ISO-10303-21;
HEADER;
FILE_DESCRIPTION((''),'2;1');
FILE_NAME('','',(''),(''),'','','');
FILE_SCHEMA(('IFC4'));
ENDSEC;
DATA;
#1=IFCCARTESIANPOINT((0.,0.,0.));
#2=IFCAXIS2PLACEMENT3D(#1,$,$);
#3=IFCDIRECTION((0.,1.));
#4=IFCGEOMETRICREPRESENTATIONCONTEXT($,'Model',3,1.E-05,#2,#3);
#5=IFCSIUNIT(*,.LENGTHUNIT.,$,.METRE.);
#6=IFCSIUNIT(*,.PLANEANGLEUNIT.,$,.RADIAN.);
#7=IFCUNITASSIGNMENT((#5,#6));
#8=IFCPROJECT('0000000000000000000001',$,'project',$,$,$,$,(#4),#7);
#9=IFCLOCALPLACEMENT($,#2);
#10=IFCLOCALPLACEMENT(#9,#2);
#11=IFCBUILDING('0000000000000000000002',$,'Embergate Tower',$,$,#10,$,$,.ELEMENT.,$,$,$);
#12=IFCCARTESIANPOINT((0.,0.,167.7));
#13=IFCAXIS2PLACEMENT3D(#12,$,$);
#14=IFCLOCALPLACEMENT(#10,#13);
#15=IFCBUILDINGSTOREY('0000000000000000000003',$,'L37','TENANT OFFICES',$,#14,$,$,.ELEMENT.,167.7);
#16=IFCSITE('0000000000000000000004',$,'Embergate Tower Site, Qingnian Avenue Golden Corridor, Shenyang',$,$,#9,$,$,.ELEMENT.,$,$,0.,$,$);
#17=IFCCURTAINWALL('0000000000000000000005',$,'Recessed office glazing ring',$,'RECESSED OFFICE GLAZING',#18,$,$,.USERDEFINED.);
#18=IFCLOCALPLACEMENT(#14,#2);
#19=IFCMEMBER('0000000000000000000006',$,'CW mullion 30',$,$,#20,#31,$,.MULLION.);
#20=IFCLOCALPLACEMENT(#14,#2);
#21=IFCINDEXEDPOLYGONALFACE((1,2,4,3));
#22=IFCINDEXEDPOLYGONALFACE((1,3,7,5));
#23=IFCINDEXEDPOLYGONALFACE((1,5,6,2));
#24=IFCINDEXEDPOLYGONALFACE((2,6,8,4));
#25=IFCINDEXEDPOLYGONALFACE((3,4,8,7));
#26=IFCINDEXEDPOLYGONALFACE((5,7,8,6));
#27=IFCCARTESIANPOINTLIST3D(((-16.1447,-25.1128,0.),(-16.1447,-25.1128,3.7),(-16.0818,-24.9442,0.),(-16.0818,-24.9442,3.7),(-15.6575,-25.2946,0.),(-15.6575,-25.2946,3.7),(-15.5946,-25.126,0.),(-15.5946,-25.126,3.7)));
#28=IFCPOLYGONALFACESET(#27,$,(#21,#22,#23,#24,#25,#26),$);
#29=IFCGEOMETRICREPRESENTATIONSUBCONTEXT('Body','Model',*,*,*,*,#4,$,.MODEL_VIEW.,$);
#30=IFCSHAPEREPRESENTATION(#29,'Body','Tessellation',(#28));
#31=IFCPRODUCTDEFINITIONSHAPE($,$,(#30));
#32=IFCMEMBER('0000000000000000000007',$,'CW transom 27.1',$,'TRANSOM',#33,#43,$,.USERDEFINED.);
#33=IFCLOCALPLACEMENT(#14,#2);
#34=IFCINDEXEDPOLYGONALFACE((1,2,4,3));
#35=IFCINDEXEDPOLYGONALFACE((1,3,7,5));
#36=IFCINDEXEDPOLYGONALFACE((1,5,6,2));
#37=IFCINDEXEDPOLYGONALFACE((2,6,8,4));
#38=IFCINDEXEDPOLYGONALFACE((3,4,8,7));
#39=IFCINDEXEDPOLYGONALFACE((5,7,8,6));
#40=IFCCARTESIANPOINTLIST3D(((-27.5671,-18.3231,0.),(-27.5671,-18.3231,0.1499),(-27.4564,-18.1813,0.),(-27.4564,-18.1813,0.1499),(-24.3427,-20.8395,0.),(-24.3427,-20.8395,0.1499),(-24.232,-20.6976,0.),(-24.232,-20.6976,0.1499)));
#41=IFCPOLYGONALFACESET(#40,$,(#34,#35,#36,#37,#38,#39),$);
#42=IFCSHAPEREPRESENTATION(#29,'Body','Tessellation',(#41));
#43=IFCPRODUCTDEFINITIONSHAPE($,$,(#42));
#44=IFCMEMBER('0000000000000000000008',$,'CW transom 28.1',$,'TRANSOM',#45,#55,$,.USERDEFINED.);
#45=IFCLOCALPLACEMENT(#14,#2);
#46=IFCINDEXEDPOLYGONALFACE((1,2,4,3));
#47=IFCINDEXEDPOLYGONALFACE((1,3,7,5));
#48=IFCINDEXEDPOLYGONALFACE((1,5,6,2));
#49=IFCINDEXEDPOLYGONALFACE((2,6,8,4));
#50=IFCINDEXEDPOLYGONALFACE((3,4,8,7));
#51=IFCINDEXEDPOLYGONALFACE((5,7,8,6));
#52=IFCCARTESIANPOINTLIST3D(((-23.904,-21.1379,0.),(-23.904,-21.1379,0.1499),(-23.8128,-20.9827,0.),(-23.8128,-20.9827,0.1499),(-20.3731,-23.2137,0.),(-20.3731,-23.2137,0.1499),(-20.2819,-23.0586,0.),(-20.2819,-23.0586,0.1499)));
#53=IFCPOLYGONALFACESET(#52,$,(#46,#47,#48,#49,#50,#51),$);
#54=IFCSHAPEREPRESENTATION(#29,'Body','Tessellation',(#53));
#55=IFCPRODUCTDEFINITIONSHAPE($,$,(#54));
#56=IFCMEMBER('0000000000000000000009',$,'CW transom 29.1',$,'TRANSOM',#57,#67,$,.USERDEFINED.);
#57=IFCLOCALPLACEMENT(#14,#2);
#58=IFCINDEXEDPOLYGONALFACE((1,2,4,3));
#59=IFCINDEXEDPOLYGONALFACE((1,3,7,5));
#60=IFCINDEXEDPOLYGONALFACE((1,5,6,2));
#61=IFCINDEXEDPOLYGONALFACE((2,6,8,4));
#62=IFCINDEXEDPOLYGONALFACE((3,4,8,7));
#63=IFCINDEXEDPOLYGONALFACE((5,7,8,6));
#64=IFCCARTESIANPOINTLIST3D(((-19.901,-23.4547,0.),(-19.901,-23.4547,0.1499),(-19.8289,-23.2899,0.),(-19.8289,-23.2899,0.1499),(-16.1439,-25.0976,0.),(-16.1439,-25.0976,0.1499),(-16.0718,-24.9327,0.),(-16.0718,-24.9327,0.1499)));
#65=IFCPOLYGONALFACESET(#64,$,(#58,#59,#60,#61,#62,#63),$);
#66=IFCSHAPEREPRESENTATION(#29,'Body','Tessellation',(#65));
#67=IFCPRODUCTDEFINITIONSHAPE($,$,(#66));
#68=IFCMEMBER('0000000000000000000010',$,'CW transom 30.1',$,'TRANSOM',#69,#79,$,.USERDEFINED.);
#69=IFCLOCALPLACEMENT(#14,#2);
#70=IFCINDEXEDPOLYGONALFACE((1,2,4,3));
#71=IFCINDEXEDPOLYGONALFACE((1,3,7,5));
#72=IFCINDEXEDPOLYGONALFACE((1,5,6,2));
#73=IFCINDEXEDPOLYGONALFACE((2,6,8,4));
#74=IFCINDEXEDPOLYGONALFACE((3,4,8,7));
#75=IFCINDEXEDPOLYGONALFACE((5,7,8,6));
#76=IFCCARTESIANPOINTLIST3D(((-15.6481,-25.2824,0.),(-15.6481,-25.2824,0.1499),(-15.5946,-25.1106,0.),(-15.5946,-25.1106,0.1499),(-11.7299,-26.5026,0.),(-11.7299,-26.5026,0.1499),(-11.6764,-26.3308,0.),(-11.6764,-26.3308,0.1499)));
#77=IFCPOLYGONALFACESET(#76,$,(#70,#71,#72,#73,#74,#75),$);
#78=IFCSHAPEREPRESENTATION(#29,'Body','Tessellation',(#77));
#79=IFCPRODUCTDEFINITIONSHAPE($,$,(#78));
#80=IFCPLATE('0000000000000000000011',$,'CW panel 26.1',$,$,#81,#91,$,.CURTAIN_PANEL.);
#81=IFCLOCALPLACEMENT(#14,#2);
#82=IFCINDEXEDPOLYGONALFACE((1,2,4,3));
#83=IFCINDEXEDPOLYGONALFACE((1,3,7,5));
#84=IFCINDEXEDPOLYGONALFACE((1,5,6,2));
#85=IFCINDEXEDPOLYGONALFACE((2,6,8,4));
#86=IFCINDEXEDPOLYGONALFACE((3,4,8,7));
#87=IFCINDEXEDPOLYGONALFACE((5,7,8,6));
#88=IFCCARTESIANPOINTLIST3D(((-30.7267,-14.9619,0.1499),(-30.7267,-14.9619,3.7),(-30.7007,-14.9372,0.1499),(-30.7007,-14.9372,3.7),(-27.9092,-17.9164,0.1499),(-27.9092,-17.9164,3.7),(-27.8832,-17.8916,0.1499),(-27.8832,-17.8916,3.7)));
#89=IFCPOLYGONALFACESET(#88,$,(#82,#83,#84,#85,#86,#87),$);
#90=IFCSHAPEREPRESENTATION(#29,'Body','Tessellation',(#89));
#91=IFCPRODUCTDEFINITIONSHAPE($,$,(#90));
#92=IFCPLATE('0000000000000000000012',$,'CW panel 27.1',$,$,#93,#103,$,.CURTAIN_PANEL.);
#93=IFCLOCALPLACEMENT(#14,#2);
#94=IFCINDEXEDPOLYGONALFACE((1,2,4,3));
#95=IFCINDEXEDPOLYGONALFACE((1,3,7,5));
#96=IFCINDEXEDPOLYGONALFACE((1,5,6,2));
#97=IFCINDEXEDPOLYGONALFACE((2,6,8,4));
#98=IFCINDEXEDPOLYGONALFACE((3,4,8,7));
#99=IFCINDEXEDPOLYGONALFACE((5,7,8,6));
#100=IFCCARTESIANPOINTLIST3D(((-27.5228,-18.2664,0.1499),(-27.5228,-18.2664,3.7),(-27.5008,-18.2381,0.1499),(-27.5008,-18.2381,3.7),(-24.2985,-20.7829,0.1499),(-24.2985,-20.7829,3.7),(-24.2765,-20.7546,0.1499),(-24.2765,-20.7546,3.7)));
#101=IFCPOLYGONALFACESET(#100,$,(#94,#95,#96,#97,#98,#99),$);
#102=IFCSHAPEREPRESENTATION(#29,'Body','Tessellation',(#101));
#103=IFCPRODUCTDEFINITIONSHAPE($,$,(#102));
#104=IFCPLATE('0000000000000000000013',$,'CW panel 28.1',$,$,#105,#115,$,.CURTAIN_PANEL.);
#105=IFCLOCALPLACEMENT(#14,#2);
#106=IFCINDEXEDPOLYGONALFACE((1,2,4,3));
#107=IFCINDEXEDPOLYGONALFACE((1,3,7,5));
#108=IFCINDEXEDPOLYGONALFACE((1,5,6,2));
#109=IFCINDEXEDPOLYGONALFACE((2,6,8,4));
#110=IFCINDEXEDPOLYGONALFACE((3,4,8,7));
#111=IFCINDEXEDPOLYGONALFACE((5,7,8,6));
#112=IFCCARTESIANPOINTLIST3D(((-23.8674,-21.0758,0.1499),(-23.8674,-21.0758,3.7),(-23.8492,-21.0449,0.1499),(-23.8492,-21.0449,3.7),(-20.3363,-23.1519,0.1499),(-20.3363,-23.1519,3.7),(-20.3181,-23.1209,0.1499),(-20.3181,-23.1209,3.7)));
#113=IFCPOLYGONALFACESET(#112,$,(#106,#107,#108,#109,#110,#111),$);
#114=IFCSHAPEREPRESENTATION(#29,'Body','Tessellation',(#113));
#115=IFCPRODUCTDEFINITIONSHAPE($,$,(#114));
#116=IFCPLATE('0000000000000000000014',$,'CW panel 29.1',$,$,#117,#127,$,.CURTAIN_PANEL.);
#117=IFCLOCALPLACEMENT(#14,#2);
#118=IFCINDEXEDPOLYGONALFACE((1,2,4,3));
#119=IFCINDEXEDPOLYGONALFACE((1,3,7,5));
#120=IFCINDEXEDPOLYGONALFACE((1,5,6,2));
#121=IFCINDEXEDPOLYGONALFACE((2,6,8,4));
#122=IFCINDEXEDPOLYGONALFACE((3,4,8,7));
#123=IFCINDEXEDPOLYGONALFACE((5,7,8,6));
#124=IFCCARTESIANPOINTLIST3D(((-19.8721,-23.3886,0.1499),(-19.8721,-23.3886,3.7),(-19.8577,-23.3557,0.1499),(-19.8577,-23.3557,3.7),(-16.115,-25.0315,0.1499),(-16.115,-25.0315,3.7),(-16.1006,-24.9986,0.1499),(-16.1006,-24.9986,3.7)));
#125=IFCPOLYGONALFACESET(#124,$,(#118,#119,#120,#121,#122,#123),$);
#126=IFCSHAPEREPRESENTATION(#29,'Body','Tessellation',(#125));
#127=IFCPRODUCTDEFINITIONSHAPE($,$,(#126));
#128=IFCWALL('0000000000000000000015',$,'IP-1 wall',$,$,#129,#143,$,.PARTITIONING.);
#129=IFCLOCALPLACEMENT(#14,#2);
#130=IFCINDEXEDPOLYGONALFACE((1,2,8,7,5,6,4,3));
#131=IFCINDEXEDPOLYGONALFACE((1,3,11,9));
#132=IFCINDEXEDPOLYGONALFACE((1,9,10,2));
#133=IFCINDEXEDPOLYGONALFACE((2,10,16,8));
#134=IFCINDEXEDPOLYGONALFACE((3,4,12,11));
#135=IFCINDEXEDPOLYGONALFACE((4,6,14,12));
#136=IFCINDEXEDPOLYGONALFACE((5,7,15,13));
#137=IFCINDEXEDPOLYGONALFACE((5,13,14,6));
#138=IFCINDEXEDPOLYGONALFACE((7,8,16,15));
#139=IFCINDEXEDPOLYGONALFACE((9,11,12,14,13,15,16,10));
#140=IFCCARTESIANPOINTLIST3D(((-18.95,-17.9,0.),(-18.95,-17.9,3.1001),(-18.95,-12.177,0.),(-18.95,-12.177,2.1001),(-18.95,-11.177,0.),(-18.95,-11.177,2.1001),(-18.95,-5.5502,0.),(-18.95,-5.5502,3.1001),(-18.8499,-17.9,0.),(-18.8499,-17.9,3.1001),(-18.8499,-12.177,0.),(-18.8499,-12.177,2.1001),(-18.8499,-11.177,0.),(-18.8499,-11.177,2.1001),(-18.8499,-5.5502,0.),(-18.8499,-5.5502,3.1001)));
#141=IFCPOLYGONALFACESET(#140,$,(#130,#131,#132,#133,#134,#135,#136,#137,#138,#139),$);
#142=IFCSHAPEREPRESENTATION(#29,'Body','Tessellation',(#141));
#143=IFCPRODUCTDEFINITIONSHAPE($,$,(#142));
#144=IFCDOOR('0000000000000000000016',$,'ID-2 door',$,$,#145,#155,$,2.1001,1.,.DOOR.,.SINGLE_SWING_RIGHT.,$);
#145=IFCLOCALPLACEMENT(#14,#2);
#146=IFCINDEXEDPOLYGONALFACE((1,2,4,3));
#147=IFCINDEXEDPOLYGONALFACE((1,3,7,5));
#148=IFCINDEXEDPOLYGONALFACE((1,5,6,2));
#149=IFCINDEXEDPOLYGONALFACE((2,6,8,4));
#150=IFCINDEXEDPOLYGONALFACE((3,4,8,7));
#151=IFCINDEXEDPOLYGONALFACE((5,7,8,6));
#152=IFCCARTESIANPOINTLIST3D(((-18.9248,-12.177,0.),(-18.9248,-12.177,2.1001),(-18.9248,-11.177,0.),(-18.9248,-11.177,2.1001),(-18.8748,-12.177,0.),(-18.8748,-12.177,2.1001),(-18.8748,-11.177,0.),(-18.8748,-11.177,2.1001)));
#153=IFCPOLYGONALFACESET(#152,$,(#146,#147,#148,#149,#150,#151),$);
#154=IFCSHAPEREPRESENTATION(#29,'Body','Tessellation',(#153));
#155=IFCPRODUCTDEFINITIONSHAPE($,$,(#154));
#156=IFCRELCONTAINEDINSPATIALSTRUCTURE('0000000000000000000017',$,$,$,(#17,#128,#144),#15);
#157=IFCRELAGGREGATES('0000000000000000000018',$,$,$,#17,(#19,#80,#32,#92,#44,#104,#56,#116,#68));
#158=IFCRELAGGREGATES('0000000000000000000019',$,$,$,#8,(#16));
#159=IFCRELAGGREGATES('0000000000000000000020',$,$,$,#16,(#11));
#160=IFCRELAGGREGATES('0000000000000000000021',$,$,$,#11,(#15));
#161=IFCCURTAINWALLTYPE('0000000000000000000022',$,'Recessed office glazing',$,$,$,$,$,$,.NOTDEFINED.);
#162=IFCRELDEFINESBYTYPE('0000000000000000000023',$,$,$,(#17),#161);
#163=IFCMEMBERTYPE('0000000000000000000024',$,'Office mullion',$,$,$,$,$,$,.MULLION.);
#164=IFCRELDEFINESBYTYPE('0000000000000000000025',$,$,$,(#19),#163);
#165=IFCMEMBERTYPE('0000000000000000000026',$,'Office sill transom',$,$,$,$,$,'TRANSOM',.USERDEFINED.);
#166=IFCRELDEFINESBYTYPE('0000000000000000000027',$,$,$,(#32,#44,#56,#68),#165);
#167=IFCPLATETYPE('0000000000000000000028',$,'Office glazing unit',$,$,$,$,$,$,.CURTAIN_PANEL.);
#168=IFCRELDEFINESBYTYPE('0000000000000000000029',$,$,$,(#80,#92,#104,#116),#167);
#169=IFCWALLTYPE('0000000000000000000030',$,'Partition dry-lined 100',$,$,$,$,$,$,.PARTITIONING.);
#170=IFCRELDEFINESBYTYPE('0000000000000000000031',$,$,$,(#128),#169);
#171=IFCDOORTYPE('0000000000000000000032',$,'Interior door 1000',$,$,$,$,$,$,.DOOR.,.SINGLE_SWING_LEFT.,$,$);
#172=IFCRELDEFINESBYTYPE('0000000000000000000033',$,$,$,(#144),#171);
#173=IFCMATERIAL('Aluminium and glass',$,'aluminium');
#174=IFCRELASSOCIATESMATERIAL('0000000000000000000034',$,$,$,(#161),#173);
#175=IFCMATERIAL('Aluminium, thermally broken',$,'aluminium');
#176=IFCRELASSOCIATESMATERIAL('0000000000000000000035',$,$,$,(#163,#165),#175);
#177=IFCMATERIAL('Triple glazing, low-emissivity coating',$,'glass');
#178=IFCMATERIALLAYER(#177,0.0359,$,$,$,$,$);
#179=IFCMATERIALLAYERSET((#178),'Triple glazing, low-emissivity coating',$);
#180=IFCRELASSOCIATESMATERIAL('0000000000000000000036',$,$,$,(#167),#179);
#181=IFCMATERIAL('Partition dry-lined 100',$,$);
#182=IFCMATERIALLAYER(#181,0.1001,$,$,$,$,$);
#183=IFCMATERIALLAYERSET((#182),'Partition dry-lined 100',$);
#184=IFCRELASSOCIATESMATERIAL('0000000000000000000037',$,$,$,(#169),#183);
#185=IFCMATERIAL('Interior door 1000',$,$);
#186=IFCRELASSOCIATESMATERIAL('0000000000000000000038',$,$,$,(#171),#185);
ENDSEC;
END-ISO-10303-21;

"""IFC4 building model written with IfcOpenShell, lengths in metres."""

from ifc_helpers import new_model, si_unit, direction, frame, frame_2d, origin, origin_2d, place, context, subcontext, project, spatial, rectangle, extrude, source, transform, mapped, material, layer, layer_set, material_profile, profile_set, type_object, element, fill, aggregate, save


model = new_model("IFC4")

# Units and contexts
model_context = context("Model", 3, precision=1e-05, world=origin(), true_north=direction((0.0, 1.0)))
body_context = subcontext(model_context, "Body", "Model", "MODEL_VIEW")
ifc_project = project(units=[si_unit("LENGTHUNIT", "METRE"), si_unit("PLANEANGLEUNIT", "RADIAN")], contexts=[model_context])

# Site, building, storey
site_placement = place(None, origin())
site = spatial("IfcSite", under=ifc_project, at=site_placement, Name="Embergate Tower Site, Qingnian Avenue Golden Corridor, Shenyang", CompositionType="ELEMENT", RefElevation=0.0)
building_placement = place(site_placement, origin())
building = spatial("IfcBuilding", under=site, at=building_placement, Name="Embergate Tower", CompositionType="ELEMENT")
storey_placement = place(building_placement, frame((0.0, 0.0, 167.7)))
storey = spatial("IfcBuildingStorey", under=building, at=storey_placement, Name="L37", Description="TENANT OFFICES", CompositionType="ELEMENT", Elevation=167.7)

# Curtain wall, members, plates
ifc_material_1 = material(Name="Aluminium and glass", Category="aluminium")
curtain_wall_type = type_object("IfcCurtainWallType", Name="Recessed office glazing", PredefinedType="NOTDEFINED", material=ifc_material_1)
curtain_wall_placement = place(storey_placement, origin())
curtain_wall = element("IfcCurtainWall", 1, at=curtain_wall_placement, inside=storey, type_object=curtain_wall_type, Name="Recessed office glazing ring", ObjectType="RECESSED OFFICE GLAZING", PredefinedType="USERDEFINED")
ifc_material_2 = material(Name="Aluminium, thermally broken", Category="aluminium")
ifc_material_profile_1 = material_profile(ifc_material_2, rectangle(XDim=0.1799, YDim=0.52, at=origin_2d()), Name="AL 520x180")
ifc_profile_set_1 = profile_set([ifc_material_profile_1], Name="Aluminium, thermally broken")
member_type_1 = type_object("IfcMemberType", Name="Office mullion", PredefinedType="MULLION", material=ifc_profile_set_1)
shared_shape_1 = source(origin(), body_context, "Body", "SweptSolid", [
    extrude(rectangle(XDim=0.1799, YDim=0.52, at=origin_2d()), origin(), (0.0, 0.0, 1.0), 3.7),
])
member_1_placement = place(storey_placement, frame((-15.8696, -25.1194, 0.0), z_axis=(0.0, 0.0, 1.0), x_axis=(0.349503, 0.936935, 0.0)))
member_1 = element("IfcMember", 2, at=member_1_placement, type_object=member_type_1, Name="CW mullion 30", PredefinedType="MULLION", context=body_context, shape_type="MappedRepresentation", body=[
    mapped(shared_shape_1, transform((0.0, 0.0, 0.0))),
])
ifc_material_profile_2 = material_profile(ifc_material_2, rectangle(XDim=0.1799, YDim=0.1499, at=origin_2d()), Name="AL 150x180")
ifc_profile_set_2 = profile_set([ifc_material_profile_2], Name="Aluminium, thermally broken")
member_type_2 = type_object("IfcMemberType", Name="Office sill transom", ElementType="TRANSOM", PredefinedType="USERDEFINED", material=ifc_profile_set_2)
shared_shape_2 = source(origin(), body_context, "Body", "SweptSolid", [
    extrude(rectangle(XDim=0.1799, YDim=0.1499, at=origin_2d()), origin(), (0.0, 0.0, 1.0), 4.0901),
])
member_2_placement = place(storey_placement, frame((-27.5117, -18.2522, 0.075), z_axis=(0.788342, -0.615237, 0.0), x_axis=(0.615237, 0.788342, 0.0)))
member_2 = element("IfcMember", 3, at=member_2_placement, type_object=member_type_2, Name="CW transom 27.1", ObjectType="TRANSOM", PredefinedType="USERDEFINED", context=body_context, shape_type="MappedRepresentation", body=[
    mapped(shared_shape_2, transform((0.0, 0.0, 0.0))),
])
shared_shape_3 = source(origin(), body_context, "Body", "SweptSolid", [
    extrude(rectangle(XDim=0.1799, YDim=0.1499, at=origin_2d()), origin(), (0.0, 0.0, 1.0), 4.0959),
])
member_3_placement = place(storey_placement, frame((-23.8584, -21.0603, 0.075), z_axis=(0.862055, -0.506814, 0.0), x_axis=(0.506814, 0.862055, 0.0)))
member_3 = element("IfcMember", 4, at=member_3_placement, type_object=member_type_2, Name="CW transom 28.1", ObjectType="TRANSOM", PredefinedType="USERDEFINED", context=body_context, shape_type="MappedRepresentation", body=[
    mapped(shared_shape_3, transform((0.0, 0.0, 0.0))),
])
shared_shape_4 = source(origin(), body_context, "Body", "SweptSolid", [
    extrude(rectangle(XDim=0.1799, YDim=0.1499, at=origin_2d()), origin(), (0.0, 0.0, 1.0), 4.1006),
])
member_4_placement = place(storey_placement, frame((-19.865, -23.3723, 0.075), z_axis=(0.916238, -0.400635, 0.0), x_axis=(0.400635, 0.916238, 0.0)))
member_4 = element("IfcMember", 5, at=member_4_placement, type_object=member_type_2, Name="CW transom 29.1", ObjectType="TRANSOM", PredefinedType="USERDEFINED", context=body_context, shape_type="MappedRepresentation", body=[
    mapped(shared_shape_4, transform((0.0, 0.0, 0.0))),
])
shared_shape_5 = source(origin(), body_context, "Body", "SweptSolid", [
    extrude(rectangle(XDim=0.1799, YDim=0.1499, at=origin_2d()), origin(), (0.0, 0.0, 1.0), 4.1038),
])
member_5_placement = place(storey_placement, frame((-15.6213, -25.1965, 0.075), z_axis=(0.954773, -0.297337, 0.0), x_axis=(0.297337, 0.954773, 0.0)))
member_5 = element("IfcMember", 6, at=member_5_placement, type_object=member_type_2, Name="CW transom 30.1", ObjectType="TRANSOM", PredefinedType="USERDEFINED", context=body_context, shape_type="MappedRepresentation", body=[
    mapped(shared_shape_5, transform((0.0, 0.0, 0.0))),
])
ifc_material_3 = material(Name="Triple glazing, low-emissivity coating", Category="glass")
ifc_layer_1 = layer(ifc_material_3, 0.0359)
ifc_layer_set_1 = layer_set([ifc_layer_1], Name="Triple glazing, low-emissivity coating")
plate_type = type_object("IfcPlateType", Name="Office glazing unit", PredefinedType="CURTAIN_PANEL", material=ifc_layer_set_1)
shared_shape_6 = source(origin(), body_context, "Body", "SweptSolid", [
    extrude(rectangle(XDim=4.0825, YDim=0.0359, at=origin_2d()), origin(), (0.0, 0.0, 1.0), 3.55),
])
plate_1_placement = place(storey_placement, frame((-29.3049, -16.4268, 0.1499), z_axis=(0.0, 0.0, 1.0), x_axis=(0.690135, -0.723681, 0.0)))
plate_1 = element("IfcPlate", 7, at=plate_1_placement, type_object=plate_type, Name="CW panel 26.1", PredefinedType="CURTAIN_PANEL", context=body_context, shape_type="MappedRepresentation", body=[
    mapped(shared_shape_6, transform((0.0, 0.0, 0.0))),
])
shared_shape_7 = source(origin(), body_context, "Body", "SweptSolid", [
    extrude(rectangle(XDim=4.0901, YDim=0.0359, at=origin_2d()), origin(), (0.0, 0.0, 1.0), 3.55),
])
plate_2_placement = place(storey_placement, frame((-25.8997, -19.5105, 0.1499), z_axis=(0.0, 0.0, 1.0), x_axis=(0.78832, -0.615265, 0.0)))
plate_2 = element("IfcPlate", 8, at=plate_2_placement, type_object=plate_type, Name="CW panel 27.1", PredefinedType="CURTAIN_PANEL", context=body_context, shape_type="MappedRepresentation", body=[
    mapped(shared_shape_7, transform((0.0, 0.0, 0.0))),
])
shared_shape_8 = source(origin(), body_context, "Body", "SweptSolid", [
    extrude(rectangle(XDim=4.0962, YDim=0.0359, at=origin_2d()), origin(), (0.0, 0.0, 1.0), 3.55),
])
plate_3_placement = place(storey_placement, frame((-22.0928, -22.0984, 0.1499), z_axis=(0.0, 0.0, 1.0), x_axis=(0.862053, -0.506818, 0.0)))
plate_3 = element("IfcPlate", 9, at=plate_3_placement, type_object=plate_type, Name="CW panel 28.1", PredefinedType="CURTAIN_PANEL", context=body_context, shape_type="MappedRepresentation", body=[
    mapped(shared_shape_8, transform((0.0, 0.0, 0.0))),
])
shared_shape_9 = source(origin(), body_context, "Body", "SweptSolid", [
    extrude(rectangle(XDim=4.1006, YDim=0.0359, at=origin_2d()), origin(), (0.0, 0.0, 1.0), 3.55),
])
plate_4_placement = place(storey_placement, frame((-17.9863, -24.1936, 0.1499), z_axis=(0.0, 0.0, 1.0), x_axis=(0.916236, -0.400638, 0.0)))
plate_4 = element("IfcPlate", 10, at=plate_4_placement, type_object=plate_type, Name="CW panel 29.1", PredefinedType="CURTAIN_PANEL", context=body_context, shape_type="MappedRepresentation", body=[
    mapped(shared_shape_9, transform((0.0, 0.0, 0.0))),
])
aggregate(curtain_wall, [member_1, plate_1, member_2, plate_2, member_3, plate_3, member_4, plate_4, member_5])

# Wall, opening, door
ifc_material_4 = material(Name="Partition dry-lined 100")
ifc_layer_2 = layer(ifc_material_4, 0.1001)
ifc_layer_set_2 = layer_set([ifc_layer_2], Name="Partition dry-lined 100")
wall_type = type_object("IfcWallType", Name="Partition dry-lined 100", PredefinedType="PARTITIONING", material=ifc_layer_set_2)
shared_shape_10 = source(origin(), body_context, "Body", "SweptSolid", [
    extrude(rectangle(XDim=12.3499, YDim=0.1001, at=frame_2d((6.1748, 0.0))), origin(), (0.0, 0.0, 1.0), 3.1001),
])
wall_placement = place(storey_placement, frame((-18.8999, -17.8999, 0.0), z_axis=(0.0, 0.0, 1.0), x_axis=(0.0, 1.0, 0.0)))
wall = element("IfcWall", 11, at=wall_placement, inside=storey, type_object=wall_type, Name="IP-1 wall", PredefinedType="PARTITIONING", context=body_context, shape_type="MappedRepresentation", body=[
    mapped(shared_shape_10, transform((0.0, 0.0, 0.0))),
])
shared_shape_11 = source(origin(), body_context, "Body", "SweptSolid", [
    extrude(rectangle(XDim=1.0, YDim=2.1001, at=frame_2d((0.5, 1.05))), frame((0.0, 0.0601, 0.0), z_axis=(0.0, -1.0, 0.0), x_axis=(1.0, 0.0, 0.0)), (0.0, 0.0, 1.0), 0.1201),
])
opening_placement = place(wall_placement, frame((5.7229, 0.0, 0.0)))
opening = element("IfcOpeningElement", 12, at=opening_placement, cuts=wall, PredefinedType="OPENING", context=body_context, shape_type="MappedRepresentation", body=[
    mapped(shared_shape_11, transform((0.0, 0.0, 0.0))),
])
ifc_material_5 = material(Name="Interior door 1000")
door_type = type_object("IfcDoorType", Name="Interior door 1000", OperationType="SINGLE_SWING_LEFT", PredefinedType="DOOR", material=ifc_material_5)
shared_shape_12 = source(origin(), body_context, "Body", "SweptSolid", [
    extrude(rectangle(XDim=1.0, YDim=2.1001, at=frame_2d((0.5, 1.05))), frame((0.0, 0.0249, 0.0), z_axis=(0.0, -1.0, 0.0), x_axis=(1.0, 0.0, 0.0)), (0.0, 0.0, 1.0), 0.05),
])
door_placement = place(opening_placement, origin())
door = element("IfcDoor", 13, at=door_placement, inside=storey, type_object=door_type, Name="ID-2 door", OperationType="SINGLE_SWING_RIGHT", OverallHeight=2.1001, OverallWidth=1.0, PredefinedType="DOOR", context=body_context, shape_type="MappedRepresentation", body=[
    mapped(shared_shape_12, transform((0.0, 0.0, 0.0))),
])
fill(opening, door)

save(model, "model.ifc")
